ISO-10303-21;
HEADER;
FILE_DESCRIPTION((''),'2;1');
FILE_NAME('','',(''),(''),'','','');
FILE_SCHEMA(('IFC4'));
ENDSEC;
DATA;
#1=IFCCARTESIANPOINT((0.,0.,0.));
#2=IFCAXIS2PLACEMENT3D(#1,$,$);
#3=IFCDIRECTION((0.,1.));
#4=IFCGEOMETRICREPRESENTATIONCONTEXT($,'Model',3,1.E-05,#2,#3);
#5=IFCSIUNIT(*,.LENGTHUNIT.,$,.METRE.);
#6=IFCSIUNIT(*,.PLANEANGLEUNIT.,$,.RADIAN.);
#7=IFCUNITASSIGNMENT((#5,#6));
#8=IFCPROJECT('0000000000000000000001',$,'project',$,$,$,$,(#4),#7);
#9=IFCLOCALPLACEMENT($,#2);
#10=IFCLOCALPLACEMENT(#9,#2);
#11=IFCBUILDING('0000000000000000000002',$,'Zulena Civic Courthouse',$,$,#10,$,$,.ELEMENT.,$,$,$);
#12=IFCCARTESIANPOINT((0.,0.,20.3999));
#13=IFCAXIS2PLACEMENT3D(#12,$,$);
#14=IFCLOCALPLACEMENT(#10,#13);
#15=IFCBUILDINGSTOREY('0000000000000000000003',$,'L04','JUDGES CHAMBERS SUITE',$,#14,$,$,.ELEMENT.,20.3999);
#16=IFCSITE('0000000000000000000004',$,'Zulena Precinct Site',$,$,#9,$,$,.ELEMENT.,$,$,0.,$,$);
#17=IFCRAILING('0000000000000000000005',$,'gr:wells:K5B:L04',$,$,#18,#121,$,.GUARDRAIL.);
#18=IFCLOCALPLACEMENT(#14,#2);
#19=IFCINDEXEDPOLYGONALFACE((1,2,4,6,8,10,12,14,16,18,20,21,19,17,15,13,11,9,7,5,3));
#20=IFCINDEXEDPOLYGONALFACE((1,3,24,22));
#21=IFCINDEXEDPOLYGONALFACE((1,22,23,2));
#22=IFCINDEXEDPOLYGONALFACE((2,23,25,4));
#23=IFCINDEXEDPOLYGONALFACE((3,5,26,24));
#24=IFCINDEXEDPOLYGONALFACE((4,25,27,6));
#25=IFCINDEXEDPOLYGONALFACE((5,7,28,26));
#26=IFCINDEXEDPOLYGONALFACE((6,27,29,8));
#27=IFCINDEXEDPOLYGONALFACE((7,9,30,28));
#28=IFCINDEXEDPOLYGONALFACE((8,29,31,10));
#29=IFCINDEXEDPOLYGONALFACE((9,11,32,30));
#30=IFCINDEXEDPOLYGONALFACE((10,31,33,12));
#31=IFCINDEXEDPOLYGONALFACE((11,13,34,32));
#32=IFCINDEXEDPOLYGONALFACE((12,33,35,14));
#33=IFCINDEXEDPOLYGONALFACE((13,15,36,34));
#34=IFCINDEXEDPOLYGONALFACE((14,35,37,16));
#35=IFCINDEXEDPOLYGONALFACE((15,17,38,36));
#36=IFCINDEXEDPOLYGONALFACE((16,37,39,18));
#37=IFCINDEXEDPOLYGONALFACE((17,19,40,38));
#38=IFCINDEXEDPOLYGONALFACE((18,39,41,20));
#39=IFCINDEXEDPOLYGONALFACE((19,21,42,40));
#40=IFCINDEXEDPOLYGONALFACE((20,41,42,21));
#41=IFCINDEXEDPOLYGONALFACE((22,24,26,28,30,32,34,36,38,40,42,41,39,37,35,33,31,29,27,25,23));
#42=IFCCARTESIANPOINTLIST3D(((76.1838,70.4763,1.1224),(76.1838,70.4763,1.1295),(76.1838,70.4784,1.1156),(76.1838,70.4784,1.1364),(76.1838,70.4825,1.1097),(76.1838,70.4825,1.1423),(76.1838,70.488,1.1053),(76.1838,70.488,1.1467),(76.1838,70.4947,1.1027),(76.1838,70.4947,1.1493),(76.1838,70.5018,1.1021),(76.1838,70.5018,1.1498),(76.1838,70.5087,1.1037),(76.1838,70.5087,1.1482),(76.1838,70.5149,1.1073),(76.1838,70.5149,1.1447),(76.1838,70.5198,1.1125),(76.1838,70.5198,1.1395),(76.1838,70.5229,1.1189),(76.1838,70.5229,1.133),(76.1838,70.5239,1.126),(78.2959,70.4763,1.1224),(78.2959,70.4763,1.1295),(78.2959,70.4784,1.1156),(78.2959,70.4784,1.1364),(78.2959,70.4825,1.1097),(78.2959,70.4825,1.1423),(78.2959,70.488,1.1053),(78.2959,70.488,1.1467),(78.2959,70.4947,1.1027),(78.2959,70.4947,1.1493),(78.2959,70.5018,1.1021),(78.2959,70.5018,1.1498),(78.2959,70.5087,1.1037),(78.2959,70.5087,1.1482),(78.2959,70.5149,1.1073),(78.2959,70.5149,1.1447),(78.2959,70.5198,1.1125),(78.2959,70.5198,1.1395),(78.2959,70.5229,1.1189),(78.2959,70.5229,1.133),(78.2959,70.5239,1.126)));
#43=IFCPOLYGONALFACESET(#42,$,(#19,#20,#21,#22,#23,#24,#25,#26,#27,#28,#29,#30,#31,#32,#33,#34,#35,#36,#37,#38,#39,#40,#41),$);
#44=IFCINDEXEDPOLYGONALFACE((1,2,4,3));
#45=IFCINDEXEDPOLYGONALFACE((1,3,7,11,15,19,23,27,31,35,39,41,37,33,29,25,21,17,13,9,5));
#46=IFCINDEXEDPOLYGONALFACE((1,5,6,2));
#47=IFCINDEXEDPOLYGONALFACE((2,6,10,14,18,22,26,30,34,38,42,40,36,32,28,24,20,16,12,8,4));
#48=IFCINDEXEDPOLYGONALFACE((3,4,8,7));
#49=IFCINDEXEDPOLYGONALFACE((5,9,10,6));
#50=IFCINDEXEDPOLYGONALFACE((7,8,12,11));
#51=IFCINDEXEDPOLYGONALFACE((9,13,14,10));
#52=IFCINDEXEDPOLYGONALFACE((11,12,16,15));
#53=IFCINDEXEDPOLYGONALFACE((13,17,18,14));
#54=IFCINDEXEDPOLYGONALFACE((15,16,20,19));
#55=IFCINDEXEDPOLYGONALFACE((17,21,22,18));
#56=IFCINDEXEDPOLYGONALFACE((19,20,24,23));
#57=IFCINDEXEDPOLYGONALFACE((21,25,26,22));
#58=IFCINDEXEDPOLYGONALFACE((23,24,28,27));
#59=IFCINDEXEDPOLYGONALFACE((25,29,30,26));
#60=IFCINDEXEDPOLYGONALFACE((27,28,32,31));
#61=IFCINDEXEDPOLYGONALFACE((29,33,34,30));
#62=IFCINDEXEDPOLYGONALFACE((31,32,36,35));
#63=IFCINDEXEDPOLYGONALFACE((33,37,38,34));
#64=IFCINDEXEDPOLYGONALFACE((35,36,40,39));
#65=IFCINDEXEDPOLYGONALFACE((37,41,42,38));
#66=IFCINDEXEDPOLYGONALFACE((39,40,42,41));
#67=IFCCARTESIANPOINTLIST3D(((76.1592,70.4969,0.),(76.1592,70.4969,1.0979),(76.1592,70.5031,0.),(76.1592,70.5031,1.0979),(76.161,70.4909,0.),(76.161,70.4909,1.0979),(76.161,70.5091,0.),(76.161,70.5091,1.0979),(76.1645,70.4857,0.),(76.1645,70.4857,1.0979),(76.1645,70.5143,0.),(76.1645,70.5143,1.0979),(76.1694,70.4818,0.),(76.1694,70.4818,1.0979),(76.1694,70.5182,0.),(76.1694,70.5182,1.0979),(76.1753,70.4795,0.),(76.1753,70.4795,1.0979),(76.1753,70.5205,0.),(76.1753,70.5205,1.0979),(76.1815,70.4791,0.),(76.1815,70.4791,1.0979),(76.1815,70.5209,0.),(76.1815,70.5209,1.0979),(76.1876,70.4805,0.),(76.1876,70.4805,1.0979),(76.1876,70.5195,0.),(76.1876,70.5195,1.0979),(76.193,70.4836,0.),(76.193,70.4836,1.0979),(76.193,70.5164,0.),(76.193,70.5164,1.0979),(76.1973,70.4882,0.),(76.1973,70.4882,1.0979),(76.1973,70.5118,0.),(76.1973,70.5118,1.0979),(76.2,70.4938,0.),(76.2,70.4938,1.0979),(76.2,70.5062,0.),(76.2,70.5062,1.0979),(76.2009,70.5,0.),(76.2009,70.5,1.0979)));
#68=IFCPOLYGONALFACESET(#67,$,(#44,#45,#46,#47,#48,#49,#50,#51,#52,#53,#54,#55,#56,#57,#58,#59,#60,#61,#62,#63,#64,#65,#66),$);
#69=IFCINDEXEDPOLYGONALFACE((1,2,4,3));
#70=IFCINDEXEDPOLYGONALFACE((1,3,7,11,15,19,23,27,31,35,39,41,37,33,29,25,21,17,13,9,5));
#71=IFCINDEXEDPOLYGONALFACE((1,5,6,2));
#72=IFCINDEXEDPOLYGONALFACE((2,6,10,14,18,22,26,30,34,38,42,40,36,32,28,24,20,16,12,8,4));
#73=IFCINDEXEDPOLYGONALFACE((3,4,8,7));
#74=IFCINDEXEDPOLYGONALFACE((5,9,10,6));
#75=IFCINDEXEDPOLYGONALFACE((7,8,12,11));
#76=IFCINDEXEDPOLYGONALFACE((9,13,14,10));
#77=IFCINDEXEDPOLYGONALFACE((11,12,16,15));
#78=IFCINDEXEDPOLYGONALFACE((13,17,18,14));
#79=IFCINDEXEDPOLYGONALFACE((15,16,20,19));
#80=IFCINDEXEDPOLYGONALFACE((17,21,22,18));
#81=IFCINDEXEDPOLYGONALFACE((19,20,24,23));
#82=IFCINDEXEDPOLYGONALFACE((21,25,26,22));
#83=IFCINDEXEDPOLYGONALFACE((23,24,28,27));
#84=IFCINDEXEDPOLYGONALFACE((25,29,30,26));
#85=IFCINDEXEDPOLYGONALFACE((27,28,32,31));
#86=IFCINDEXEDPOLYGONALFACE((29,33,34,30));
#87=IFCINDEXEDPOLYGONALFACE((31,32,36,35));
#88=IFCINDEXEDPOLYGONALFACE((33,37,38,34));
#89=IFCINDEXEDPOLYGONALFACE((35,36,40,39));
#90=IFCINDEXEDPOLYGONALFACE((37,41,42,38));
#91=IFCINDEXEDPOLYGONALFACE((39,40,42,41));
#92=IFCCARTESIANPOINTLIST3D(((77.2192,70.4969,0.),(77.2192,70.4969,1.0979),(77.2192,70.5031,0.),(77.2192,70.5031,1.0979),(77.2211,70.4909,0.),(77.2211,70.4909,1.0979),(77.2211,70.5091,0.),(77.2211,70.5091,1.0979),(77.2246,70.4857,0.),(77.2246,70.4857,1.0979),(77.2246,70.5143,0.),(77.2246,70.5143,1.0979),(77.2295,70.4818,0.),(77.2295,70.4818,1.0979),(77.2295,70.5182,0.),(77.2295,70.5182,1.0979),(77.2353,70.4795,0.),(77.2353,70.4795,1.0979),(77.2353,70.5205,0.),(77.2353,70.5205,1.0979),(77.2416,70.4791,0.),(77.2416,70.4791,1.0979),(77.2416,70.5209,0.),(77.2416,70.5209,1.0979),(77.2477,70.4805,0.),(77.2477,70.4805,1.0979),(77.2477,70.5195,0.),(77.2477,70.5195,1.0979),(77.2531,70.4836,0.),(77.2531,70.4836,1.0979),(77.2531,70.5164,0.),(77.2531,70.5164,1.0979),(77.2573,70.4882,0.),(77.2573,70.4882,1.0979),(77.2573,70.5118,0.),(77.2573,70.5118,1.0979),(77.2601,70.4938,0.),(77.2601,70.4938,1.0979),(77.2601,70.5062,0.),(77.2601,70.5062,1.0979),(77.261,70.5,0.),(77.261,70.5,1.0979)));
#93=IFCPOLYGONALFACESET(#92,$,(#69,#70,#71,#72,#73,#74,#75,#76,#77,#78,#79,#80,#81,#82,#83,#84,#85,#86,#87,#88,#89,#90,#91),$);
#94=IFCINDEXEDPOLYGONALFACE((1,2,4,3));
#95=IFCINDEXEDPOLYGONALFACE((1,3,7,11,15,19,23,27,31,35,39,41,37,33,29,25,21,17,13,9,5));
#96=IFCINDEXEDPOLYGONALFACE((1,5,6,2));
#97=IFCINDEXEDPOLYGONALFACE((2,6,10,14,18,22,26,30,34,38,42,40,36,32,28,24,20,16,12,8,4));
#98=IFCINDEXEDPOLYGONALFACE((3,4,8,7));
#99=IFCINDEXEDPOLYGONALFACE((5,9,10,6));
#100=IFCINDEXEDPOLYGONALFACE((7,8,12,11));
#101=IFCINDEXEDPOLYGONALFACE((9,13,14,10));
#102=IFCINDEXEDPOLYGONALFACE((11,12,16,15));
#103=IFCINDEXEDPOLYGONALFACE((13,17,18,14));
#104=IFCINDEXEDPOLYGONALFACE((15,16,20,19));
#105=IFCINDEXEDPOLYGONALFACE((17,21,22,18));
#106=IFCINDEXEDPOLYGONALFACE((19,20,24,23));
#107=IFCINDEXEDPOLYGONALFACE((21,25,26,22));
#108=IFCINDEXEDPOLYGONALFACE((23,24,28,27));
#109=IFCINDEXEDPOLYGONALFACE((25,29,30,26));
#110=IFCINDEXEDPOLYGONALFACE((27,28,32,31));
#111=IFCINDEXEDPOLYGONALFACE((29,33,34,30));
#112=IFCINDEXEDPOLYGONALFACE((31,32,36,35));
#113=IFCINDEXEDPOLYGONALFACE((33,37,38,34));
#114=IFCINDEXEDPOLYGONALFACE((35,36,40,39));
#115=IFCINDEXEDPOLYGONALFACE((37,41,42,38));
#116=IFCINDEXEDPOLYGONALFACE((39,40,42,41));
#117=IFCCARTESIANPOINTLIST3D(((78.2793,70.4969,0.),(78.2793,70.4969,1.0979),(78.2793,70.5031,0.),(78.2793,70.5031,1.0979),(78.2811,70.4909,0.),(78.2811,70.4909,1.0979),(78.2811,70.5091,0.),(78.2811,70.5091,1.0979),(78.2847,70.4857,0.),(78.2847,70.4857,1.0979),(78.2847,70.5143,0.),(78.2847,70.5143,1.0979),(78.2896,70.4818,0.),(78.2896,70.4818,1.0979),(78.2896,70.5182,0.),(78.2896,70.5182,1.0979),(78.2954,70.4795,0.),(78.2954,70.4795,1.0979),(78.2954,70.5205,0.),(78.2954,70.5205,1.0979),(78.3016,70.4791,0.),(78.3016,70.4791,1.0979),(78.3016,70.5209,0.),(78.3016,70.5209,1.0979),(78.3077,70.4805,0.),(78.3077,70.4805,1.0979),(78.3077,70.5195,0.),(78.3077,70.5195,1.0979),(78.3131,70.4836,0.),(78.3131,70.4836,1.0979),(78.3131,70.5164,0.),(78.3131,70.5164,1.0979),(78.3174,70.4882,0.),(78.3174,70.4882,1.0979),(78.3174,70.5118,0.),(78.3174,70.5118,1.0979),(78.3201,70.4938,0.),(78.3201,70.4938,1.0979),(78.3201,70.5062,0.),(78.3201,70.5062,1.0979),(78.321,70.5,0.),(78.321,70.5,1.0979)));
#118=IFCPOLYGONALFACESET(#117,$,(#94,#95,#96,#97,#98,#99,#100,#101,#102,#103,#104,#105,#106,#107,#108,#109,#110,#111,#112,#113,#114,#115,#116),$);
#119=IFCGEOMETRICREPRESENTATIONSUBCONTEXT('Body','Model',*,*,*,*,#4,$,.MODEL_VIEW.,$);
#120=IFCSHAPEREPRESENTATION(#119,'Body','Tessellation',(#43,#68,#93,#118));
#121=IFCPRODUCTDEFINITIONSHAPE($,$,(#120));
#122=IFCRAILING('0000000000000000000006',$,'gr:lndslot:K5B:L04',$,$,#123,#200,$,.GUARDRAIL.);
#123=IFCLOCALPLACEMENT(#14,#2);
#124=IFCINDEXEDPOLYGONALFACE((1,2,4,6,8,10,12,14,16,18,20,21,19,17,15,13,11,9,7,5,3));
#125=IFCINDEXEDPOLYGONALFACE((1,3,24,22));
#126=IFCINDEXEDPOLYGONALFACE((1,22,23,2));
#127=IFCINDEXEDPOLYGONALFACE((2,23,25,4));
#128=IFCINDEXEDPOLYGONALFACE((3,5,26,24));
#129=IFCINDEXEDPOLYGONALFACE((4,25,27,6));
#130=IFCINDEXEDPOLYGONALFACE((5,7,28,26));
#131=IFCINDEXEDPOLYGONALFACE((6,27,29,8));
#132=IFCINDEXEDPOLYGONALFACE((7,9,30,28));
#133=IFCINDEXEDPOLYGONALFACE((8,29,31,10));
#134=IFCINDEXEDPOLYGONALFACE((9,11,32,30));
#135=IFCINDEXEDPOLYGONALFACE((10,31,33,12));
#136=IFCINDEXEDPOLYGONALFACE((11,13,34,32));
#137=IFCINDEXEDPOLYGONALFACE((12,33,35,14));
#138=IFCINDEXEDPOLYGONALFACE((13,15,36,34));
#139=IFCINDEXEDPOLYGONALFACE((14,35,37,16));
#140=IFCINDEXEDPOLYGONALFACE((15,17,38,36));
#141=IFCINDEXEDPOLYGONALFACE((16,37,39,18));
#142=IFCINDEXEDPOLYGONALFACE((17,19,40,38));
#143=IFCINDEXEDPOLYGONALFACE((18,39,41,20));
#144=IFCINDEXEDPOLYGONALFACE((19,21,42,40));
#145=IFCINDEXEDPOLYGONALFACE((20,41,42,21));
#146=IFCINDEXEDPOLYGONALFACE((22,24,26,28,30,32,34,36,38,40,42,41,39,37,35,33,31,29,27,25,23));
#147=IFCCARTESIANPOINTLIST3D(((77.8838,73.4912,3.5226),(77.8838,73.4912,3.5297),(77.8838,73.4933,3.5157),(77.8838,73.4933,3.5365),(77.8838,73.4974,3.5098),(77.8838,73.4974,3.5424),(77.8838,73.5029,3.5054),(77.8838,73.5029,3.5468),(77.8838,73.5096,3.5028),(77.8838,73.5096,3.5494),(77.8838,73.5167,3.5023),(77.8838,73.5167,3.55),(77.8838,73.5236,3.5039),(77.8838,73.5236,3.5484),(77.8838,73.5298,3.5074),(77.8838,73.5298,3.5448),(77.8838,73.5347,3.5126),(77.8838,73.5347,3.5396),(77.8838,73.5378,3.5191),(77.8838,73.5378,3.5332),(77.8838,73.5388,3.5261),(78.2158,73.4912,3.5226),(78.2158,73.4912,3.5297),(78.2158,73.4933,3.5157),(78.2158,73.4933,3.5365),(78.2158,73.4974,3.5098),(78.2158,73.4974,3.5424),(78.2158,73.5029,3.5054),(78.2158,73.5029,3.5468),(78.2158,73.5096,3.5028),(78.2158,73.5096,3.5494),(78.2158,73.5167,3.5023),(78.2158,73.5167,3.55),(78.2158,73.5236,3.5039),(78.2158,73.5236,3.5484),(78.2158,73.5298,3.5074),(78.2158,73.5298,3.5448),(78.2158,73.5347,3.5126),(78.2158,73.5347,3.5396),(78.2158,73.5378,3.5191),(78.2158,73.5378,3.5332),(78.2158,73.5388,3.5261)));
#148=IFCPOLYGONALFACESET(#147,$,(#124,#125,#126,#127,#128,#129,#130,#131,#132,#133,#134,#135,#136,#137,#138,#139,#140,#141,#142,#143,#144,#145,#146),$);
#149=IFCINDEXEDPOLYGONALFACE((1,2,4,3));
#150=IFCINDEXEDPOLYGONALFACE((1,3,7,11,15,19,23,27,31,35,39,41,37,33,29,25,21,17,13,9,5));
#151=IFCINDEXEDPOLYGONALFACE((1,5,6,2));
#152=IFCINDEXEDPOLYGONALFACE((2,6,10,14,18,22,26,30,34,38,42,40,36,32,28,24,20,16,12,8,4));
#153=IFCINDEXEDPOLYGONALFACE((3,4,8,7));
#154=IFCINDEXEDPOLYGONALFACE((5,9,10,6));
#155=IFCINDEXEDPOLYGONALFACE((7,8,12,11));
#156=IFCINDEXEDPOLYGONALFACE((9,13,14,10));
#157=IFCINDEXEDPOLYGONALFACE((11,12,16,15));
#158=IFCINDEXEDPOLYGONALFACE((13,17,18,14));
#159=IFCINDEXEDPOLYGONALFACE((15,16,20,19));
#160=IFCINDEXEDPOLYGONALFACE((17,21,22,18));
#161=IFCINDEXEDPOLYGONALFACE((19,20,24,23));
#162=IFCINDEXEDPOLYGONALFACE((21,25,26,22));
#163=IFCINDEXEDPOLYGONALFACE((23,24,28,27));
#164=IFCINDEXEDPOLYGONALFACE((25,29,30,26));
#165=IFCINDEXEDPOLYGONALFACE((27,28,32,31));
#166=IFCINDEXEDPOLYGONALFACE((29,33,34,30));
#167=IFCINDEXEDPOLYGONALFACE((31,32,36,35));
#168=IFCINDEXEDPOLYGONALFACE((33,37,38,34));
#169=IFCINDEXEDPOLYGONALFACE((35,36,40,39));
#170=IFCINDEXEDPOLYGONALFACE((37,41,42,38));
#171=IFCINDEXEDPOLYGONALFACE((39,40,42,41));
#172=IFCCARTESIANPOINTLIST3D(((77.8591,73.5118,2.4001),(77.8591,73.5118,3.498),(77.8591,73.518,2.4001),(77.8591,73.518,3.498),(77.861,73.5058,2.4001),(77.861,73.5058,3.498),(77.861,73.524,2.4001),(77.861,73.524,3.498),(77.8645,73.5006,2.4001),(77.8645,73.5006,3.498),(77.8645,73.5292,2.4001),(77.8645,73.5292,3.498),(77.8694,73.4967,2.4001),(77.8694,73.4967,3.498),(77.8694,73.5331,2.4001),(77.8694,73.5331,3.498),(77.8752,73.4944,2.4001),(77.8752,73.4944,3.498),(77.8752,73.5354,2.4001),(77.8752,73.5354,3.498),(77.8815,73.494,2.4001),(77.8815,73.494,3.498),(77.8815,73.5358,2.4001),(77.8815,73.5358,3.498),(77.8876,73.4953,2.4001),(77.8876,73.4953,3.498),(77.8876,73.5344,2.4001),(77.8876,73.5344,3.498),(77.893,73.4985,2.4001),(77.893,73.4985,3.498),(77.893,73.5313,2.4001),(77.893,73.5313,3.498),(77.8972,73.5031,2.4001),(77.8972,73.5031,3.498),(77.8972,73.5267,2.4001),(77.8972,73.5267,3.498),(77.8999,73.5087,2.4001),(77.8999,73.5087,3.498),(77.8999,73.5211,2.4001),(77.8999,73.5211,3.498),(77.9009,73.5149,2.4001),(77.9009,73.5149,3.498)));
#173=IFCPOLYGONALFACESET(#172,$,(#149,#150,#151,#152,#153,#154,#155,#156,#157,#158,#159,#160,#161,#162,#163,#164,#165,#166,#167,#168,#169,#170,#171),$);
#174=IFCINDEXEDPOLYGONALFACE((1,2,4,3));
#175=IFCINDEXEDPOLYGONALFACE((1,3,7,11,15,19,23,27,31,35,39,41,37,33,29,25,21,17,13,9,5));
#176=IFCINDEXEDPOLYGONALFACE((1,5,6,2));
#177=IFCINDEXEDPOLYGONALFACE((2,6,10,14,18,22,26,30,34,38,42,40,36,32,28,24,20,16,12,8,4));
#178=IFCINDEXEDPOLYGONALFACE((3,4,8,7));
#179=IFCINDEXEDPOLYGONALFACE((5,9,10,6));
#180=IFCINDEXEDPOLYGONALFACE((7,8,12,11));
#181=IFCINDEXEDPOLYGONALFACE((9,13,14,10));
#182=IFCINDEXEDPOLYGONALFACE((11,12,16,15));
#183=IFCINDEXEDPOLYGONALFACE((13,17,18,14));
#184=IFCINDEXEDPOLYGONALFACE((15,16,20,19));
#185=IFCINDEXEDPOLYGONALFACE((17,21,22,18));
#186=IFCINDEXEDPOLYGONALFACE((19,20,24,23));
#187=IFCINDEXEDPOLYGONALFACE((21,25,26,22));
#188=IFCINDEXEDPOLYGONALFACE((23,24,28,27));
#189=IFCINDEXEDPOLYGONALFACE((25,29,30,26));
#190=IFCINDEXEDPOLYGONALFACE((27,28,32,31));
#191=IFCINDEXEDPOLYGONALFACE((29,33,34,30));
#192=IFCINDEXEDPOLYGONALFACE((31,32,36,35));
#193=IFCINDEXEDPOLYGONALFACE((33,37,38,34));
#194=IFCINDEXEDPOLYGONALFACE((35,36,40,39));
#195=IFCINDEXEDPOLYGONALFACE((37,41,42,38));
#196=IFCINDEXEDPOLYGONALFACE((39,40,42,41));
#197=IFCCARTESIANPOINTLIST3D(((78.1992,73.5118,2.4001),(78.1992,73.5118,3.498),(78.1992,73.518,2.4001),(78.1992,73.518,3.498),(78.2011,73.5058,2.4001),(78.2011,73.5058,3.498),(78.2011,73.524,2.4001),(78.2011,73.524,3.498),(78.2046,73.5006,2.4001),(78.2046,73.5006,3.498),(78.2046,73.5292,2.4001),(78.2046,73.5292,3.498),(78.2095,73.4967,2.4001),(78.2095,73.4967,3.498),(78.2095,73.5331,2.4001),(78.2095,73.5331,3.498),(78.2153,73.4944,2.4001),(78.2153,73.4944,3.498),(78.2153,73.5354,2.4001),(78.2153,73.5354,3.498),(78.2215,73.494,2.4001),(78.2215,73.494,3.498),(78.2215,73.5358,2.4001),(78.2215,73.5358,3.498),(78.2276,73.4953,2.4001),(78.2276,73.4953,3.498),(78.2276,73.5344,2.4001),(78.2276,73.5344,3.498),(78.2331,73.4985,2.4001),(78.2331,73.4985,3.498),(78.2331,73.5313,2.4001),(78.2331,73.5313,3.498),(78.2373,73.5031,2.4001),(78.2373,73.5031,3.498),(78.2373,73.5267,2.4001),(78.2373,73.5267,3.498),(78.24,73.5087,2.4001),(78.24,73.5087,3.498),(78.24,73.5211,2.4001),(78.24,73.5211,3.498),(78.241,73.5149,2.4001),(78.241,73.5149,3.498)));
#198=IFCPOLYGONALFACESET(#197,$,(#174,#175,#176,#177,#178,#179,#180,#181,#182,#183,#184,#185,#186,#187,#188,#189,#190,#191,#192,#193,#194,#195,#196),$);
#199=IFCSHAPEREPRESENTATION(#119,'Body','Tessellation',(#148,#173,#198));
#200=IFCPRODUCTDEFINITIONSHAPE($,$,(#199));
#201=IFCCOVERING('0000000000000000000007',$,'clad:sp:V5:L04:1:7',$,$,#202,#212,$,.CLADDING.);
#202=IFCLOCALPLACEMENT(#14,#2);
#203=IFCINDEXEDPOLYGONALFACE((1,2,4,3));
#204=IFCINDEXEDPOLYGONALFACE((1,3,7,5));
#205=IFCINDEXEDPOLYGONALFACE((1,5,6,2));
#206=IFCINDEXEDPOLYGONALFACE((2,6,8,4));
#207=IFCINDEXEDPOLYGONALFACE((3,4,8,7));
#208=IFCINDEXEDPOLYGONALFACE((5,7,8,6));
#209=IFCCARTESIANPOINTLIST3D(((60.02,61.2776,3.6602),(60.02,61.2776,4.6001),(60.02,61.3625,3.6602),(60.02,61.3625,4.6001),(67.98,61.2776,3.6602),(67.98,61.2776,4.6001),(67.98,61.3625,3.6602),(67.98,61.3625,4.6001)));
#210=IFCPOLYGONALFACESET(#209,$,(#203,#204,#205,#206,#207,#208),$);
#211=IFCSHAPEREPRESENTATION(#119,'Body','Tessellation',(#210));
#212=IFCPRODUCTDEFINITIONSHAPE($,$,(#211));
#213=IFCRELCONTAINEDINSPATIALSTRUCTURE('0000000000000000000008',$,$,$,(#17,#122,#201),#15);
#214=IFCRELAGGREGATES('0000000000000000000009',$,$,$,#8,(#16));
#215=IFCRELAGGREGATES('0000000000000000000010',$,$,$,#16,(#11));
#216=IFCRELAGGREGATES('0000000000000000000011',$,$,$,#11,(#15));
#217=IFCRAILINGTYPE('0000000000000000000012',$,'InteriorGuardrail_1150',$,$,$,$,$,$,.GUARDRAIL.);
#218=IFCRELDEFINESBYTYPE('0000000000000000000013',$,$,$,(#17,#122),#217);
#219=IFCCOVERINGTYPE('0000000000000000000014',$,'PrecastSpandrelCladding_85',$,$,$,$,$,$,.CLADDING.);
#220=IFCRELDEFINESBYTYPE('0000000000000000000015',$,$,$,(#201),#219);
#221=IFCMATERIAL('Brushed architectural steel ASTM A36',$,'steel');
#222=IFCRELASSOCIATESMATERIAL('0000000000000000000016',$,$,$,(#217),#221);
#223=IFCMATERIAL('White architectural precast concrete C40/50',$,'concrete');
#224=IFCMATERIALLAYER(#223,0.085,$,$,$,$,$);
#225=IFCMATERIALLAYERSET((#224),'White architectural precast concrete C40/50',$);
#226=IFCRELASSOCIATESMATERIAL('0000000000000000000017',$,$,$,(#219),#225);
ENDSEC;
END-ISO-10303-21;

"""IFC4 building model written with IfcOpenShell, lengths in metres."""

from ifc_helpers import new_model, si_unit, direction, frame, origin, origin_2d, place, context, subcontext, project, spatial, rectangle, circle, extrude, material, layer, layer_set, type_object, element, save


model = new_model("IFC4")

# Units and contexts
model_context = context("Model", 3, precision=1e-05, world=origin(), true_north=direction((0.0, 1.0)))
body_context = subcontext(model_context, "Body", "Model", "MODEL_VIEW")
ifc_project = project(units=[si_unit("LENGTHUNIT", "METRE"), si_unit("PLANEANGLEUNIT", "RADIAN")], contexts=[model_context])

# Site, building, storey
site_placement = place(None, origin())
site = spatial("IfcSite", under=ifc_project, at=site_placement, Name="Zulena Precinct Site", CompositionType="ELEMENT", RefElevation=0.0)
building_placement = place(site_placement, origin())
building = spatial("IfcBuilding", under=site, at=building_placement, Name="Zulena Civic Courthouse", CompositionType="ELEMENT")
storey_placement = place(building_placement, frame((0.0, 0.0, 20.3999)))
storey = spatial("IfcBuildingStorey", under=building, at=storey_placement, Name="L04", Description="JUDGES CHAMBERS SUITE", CompositionType="ELEMENT", Elevation=20.3999)

# Railings
ifc_material_1 = material(Name="Brushed architectural steel ASTM A36", Category="steel")
railing_type_1 = type_object("IfcRailingType", Name="InteriorGuardrail_1150", PredefinedType="GUARDRAIL", material=ifc_material_1)
railing_1_placement = place(storey_placement, frame((76.1799, 70.5, 0.0)))
element("IfcRailing", 1, at=railing_1_placement, inside=storey, type_object=railing_type_1, Name="gr:wells:K5B:L04", PredefinedType="GUARDRAIL", context=body_context, shape_type="SweptSolid", body=[
    extrude(circle(Radius=0.0239, at=origin_2d()), frame((0.0039, 0.0, 1.126), z_axis=(1.0, 0.0, 0.0), x_axis=(0.0, 1.0, 0.0)), (0.0, 0.0, 1.0), 2.1121),
    extrude(circle(Radius=0.021, at=origin_2d()), origin(), (0.0, 0.0, 1.0), 1.0979),
    extrude(circle(Radius=0.021, at=origin_2d()), frame((1.0601, 0.0, 0.0)), (0.0, 0.0, 1.0), 1.0979),
    extrude(circle(Radius=0.021, at=origin_2d()), frame((2.1201, 0.0, 0.0)), (0.0, 0.0, 1.0), 1.0979),
])
railing_2_placement = place(storey_placement, frame((77.8799, 73.5149, 2.4001)))
element("IfcRailing", 2, at=railing_2_placement, inside=storey, type_object=railing_type_1, Name="gr:lndslot:K5B:L04", PredefinedType="GUARDRAIL", context=body_context, shape_type="SweptSolid", body=[
    extrude(circle(Radius=0.0239, at=origin_2d()), frame((0.0039, 0.0, 1.126), z_axis=(1.0, 0.0, 0.0), x_axis=(0.0, 1.0, 0.0)), (0.0, 0.0, 1.0), 0.332),
    extrude(circle(Radius=0.021, at=origin_2d()), origin(), (0.0, 0.0, 1.0), 1.0979),
    extrude(circle(Radius=0.021, at=origin_2d()), frame((0.3401, 0.0, 0.0)), (0.0, 0.0, 1.0), 1.0979),
])

# Covering
ifc_material_2 = material(Name="White architectural precast concrete C40/50", Category="concrete")
ifc_layer_1 = layer(ifc_material_2, 0.085)
ifc_layer_set_1 = layer_set([ifc_layer_1], Name="White architectural precast concrete C40/50")
covering_type = type_object("IfcCoveringType", Name="PrecastSpandrelCladding_85", PredefinedType="CLADDING", material=ifc_layer_set_1)
covering_placement = place(storey_placement, frame((64.0, 61.3201, 3.6602), z_axis=(0.0, 0.0, 1.0), x_axis=(1.0, 0.0, 0.0)))
element("IfcCovering", 3, at=covering_placement, inside=storey, type_object=covering_type, Name="clad:sp:V5:L04:1:7", PredefinedType="CLADDING", context=body_context, shape_type="SweptSolid", body=[
    extrude(rectangle(XDim=7.96, YDim=0.085, at=origin_2d()), origin(), (0.0, 0.0, 1.0), 0.9399),
])

save(model, "model.ifc")
